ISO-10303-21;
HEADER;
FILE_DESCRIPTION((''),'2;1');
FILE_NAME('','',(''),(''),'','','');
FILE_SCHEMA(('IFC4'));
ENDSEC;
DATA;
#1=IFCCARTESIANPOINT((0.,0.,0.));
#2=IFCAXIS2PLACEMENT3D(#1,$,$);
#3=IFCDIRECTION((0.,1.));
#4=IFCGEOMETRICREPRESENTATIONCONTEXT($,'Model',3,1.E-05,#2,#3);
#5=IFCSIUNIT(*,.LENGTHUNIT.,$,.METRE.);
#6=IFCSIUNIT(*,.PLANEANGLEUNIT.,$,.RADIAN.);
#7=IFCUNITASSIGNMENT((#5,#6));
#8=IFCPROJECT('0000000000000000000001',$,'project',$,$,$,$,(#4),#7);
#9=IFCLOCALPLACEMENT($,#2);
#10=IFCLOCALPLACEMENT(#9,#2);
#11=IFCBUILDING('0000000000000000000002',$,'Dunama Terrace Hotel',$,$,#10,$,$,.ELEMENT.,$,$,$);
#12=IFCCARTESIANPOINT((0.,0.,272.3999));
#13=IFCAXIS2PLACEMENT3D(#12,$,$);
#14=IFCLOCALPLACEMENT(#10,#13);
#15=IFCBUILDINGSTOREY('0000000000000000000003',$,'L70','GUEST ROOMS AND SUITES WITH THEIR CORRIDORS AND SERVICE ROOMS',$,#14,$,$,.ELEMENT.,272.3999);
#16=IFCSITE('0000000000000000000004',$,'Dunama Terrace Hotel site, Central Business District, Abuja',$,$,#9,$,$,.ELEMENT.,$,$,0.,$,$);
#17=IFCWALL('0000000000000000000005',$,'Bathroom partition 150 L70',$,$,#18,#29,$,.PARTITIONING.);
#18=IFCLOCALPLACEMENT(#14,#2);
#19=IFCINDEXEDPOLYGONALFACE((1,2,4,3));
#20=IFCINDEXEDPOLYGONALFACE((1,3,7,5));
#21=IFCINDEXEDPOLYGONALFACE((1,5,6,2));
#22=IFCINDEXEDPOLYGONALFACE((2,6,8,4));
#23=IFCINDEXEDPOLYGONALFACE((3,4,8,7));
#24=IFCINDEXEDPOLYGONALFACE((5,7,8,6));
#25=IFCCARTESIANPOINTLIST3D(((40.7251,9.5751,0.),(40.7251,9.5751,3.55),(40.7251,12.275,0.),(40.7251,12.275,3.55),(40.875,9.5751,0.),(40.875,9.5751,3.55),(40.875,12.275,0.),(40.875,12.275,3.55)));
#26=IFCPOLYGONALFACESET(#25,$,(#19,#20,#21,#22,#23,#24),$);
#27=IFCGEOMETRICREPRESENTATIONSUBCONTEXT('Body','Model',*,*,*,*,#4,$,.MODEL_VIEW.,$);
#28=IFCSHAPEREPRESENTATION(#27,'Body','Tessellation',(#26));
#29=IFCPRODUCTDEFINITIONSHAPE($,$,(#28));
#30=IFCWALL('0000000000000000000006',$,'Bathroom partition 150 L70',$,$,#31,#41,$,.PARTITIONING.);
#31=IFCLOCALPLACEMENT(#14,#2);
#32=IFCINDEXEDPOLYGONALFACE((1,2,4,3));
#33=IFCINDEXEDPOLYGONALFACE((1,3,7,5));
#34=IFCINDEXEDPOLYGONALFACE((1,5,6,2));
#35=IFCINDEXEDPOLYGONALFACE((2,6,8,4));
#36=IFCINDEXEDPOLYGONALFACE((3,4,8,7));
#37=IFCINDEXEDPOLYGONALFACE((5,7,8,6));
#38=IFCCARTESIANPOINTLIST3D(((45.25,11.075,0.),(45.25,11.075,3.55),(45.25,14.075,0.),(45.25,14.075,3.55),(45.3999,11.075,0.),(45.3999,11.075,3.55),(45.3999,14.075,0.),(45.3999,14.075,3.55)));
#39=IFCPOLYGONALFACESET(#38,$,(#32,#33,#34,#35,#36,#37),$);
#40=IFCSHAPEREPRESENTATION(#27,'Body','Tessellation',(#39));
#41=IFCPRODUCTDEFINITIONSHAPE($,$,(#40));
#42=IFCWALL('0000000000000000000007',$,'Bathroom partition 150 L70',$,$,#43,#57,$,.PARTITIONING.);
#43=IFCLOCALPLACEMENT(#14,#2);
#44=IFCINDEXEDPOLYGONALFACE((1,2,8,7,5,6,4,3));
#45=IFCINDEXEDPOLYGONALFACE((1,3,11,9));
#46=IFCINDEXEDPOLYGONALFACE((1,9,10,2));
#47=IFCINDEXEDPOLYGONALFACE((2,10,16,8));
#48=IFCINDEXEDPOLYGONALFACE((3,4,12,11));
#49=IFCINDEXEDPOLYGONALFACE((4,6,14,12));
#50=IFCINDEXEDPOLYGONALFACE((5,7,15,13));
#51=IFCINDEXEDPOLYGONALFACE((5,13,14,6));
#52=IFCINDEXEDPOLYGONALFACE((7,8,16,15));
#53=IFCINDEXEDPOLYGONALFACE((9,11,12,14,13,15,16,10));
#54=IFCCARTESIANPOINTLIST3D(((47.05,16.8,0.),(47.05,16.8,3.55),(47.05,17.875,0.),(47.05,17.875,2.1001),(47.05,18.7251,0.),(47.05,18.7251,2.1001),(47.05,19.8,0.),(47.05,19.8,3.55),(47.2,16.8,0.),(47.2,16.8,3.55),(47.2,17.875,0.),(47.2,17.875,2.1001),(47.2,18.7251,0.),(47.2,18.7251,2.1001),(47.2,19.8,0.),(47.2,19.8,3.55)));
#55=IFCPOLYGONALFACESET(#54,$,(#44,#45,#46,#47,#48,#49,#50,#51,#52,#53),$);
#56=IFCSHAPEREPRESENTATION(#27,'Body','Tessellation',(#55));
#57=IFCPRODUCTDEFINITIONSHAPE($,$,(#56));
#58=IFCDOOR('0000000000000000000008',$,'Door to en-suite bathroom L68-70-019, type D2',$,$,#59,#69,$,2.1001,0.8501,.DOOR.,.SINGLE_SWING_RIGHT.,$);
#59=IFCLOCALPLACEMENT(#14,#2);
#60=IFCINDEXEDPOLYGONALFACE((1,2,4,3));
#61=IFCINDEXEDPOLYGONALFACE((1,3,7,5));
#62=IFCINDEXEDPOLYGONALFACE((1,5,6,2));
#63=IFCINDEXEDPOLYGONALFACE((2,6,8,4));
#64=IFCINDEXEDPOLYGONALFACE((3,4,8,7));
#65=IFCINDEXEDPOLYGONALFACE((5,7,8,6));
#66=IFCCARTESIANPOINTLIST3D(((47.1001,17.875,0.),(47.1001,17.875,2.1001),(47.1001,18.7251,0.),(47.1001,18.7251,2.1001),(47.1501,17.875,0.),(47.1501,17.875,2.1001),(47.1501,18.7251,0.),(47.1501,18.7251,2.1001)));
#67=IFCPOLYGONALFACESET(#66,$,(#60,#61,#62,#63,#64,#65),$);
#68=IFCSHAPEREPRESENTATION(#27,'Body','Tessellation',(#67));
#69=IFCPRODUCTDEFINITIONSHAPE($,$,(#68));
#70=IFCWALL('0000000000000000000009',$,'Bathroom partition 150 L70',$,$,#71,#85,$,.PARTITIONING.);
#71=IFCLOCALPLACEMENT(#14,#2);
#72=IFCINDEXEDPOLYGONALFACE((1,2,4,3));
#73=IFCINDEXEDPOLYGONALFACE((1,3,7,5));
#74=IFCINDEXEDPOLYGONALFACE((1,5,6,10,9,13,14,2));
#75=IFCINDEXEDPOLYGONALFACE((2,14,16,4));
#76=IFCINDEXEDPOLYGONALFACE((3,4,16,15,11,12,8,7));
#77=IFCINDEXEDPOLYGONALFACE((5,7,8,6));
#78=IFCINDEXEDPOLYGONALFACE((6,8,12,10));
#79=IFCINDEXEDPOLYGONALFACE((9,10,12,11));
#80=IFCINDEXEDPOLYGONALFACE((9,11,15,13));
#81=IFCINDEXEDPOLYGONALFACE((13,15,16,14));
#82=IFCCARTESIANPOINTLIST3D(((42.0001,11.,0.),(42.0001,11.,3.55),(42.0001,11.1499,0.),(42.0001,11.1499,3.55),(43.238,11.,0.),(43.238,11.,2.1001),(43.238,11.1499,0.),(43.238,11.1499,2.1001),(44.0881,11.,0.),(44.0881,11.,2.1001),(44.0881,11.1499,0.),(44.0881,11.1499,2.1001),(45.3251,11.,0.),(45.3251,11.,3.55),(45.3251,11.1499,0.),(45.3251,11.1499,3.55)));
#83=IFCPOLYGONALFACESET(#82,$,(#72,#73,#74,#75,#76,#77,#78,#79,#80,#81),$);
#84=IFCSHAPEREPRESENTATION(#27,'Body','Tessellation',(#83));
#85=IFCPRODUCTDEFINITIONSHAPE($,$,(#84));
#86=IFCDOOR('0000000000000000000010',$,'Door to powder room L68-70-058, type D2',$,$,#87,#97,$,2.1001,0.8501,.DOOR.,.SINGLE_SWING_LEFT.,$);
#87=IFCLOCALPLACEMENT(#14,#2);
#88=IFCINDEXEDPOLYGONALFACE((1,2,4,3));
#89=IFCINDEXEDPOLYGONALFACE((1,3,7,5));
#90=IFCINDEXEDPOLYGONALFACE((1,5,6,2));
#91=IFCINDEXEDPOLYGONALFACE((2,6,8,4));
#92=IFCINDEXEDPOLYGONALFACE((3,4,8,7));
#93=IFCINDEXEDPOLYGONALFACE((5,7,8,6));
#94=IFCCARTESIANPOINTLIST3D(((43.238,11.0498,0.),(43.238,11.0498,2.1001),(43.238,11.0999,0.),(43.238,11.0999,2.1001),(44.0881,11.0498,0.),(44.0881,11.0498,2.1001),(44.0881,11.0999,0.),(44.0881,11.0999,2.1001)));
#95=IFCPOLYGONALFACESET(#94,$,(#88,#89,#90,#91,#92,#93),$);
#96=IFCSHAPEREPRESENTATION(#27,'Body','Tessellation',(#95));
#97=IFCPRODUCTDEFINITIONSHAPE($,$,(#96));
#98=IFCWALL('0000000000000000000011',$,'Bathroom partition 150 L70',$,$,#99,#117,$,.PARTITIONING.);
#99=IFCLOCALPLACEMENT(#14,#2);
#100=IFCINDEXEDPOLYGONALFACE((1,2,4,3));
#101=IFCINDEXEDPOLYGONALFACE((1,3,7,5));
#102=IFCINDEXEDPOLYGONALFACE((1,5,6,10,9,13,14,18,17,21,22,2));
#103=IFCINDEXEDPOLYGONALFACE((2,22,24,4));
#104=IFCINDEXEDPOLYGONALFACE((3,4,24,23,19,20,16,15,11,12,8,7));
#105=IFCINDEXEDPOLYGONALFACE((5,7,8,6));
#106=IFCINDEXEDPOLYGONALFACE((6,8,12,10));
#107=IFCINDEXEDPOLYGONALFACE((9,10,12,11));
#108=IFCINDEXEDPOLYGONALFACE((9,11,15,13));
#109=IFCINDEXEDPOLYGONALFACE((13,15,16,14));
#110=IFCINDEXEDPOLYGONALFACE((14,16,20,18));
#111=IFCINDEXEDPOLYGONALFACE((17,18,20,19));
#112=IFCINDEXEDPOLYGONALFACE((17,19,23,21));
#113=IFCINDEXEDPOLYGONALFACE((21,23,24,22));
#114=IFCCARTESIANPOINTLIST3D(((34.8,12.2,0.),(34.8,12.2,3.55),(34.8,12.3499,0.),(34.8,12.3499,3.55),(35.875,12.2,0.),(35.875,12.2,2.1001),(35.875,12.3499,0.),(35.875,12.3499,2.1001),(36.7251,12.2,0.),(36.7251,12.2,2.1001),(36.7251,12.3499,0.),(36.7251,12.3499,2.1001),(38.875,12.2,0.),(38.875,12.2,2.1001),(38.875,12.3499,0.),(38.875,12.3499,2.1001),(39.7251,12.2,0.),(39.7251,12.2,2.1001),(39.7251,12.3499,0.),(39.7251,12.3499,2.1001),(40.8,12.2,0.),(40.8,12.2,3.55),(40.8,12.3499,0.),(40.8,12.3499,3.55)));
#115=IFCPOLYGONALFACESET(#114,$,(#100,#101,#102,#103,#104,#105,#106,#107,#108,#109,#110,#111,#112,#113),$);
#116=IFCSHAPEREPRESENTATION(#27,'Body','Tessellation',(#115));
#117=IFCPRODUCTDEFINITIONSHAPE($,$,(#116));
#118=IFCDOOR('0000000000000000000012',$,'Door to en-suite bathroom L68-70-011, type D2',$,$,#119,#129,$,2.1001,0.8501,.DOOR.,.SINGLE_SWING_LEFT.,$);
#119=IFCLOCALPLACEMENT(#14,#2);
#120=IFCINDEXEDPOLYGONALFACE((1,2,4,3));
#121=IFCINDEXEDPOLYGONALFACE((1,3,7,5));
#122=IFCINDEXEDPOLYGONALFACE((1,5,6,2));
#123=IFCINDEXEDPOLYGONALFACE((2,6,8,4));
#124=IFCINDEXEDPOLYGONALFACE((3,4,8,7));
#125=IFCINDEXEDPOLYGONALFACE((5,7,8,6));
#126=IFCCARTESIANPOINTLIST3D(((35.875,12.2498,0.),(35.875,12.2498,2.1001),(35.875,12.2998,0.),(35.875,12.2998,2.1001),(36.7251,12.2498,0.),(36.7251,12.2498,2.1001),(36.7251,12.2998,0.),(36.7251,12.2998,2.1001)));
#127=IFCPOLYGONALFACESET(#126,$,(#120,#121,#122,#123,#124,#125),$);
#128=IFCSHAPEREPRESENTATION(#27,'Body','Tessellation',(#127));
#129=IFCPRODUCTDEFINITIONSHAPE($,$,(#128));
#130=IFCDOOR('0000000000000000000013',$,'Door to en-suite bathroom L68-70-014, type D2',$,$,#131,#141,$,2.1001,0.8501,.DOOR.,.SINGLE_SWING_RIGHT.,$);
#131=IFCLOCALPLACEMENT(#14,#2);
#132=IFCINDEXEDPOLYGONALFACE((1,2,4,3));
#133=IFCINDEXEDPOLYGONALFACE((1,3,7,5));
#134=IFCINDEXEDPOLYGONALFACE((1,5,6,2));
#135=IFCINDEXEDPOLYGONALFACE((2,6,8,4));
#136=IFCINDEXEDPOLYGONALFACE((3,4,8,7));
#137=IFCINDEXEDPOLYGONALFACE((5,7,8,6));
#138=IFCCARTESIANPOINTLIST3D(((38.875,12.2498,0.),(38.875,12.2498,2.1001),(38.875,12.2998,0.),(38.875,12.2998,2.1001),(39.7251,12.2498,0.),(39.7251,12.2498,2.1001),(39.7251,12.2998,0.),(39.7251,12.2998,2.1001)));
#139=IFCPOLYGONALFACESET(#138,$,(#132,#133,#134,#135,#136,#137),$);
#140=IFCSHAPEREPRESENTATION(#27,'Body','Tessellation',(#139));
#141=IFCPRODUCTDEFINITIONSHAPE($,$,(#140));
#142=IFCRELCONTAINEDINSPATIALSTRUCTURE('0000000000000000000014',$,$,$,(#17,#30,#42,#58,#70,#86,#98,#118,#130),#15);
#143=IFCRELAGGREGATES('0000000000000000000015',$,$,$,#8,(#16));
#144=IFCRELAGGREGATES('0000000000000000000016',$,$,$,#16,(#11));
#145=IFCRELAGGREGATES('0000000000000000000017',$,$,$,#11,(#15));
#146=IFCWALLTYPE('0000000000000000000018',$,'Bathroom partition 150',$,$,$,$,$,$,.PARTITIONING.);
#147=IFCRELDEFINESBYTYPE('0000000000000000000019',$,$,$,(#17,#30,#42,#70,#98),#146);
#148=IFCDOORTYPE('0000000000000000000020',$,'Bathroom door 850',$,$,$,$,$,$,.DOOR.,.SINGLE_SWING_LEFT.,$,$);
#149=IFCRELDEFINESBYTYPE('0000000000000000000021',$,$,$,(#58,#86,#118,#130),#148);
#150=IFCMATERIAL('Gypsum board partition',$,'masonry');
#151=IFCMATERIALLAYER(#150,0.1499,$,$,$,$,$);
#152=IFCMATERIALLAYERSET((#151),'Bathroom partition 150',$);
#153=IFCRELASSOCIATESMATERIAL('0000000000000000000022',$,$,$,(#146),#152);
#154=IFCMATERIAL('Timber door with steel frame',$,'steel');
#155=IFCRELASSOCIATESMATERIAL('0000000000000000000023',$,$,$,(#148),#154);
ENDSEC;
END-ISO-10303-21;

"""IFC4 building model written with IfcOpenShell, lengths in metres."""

from ifc_helpers import new_model, si_unit, direction, frame, frame_2d, origin, place, context, subcontext, project, spatial, rectangle, extrude, material, layer, layer_set, type_object, element, fill, save


model = new_model("IFC4")

# Units and contexts
model_context = context("Model", 3, precision=1e-05, world=origin(), true_north=direction((0.0, 1.0)))
body_context = subcontext(model_context, "Body", "Model", "MODEL_VIEW")
ifc_project = project(units=[si_unit("LENGTHUNIT", "METRE"), si_unit("PLANEANGLEUNIT", "RADIAN")], contexts=[model_context])

# Site, building, storey
site_placement = place(None, origin())
site = spatial("IfcSite", under=ifc_project, at=site_placement, Name="Dunama Terrace Hotel site, Central Business District, Abuja", CompositionType="ELEMENT", RefElevation=0.0)
building_placement = place(site_placement, origin())
building = spatial("IfcBuilding", under=site, at=building_placement, Name="Dunama Terrace Hotel", CompositionType="ELEMENT")
storey_placement = place(building_placement, frame((0.0, 0.0, 272.3999)))
storey = spatial("IfcBuildingStorey", under=building, at=storey_placement, Name="L70", Description="GUEST ROOMS AND SUITES WITH THEIR CORRIDORS AND SERVICE ROOMS", CompositionType="ELEMENT", Elevation=272.3999)

# Walls
ifc_material_1 = material(Name="Gypsum board partition", Category="masonry")
ifc_layer_1 = layer(ifc_material_1, 0.1499)
ifc_layer_set_1 = layer_set([ifc_layer_1], Name="Bathroom partition 150")
wall_type_1 = type_object("IfcWallType", Name="Bathroom partition 150", PredefinedType="PARTITIONING", material=ifc_layer_set_1)
wall_1_placement = place(storey_placement, frame((40.8, 9.575, 0.0), z_axis=(0.0, 0.0, 1.0), x_axis=(0.0, 1.0, 0.0)))
element("IfcWall", 1, at=wall_1_placement, inside=storey, type_object=wall_type_1, Name="Bathroom partition 150 L70", PredefinedType="PARTITIONING", context=body_context, shape_type="SweptSolid", body=[
    extrude(rectangle(XDim=2.7, YDim=0.1499, at=frame_2d((1.3501, 0.0))), origin(), (0.0, 0.0, 1.0), 3.55),
])
wall_2_placement = place(storey_placement, frame((45.325, 11.075, 0.0), z_axis=(0.0, 0.0, 1.0), x_axis=(0.0, 1.0, 0.0)))
element("IfcWall", 2, at=wall_2_placement, inside=storey, type_object=wall_type_1, Name="Bathroom partition 150 L70", PredefinedType="PARTITIONING", context=body_context, shape_type="SweptSolid", body=[
    extrude(rectangle(XDim=3.0, YDim=0.1499, at=frame_2d((1.5, 0.0))), origin(), (0.0, 0.0, 1.0), 3.55),
])

# Walls, openings, doors
wall_3_placement = place(storey_placement, frame((47.125, 16.8, 0.0), z_axis=(0.0, 0.0, 1.0), x_axis=(0.0, 1.0, 0.0)))
wall_3 = element("IfcWall", 3, at=wall_3_placement, inside=storey, type_object=wall_type_1, Name="Bathroom partition 150 L70", PredefinedType="PARTITIONING", context=body_context, shape_type="SweptSolid", body=[
    extrude(rectangle(XDim=3.0, YDim=0.1499, at=frame_2d((1.5, 0.0))), origin(), (0.0, 0.0, 1.0), 3.55),
])
opening_1_placement = place(wall_3_placement, frame((1.075, 0.0, 0.0)))
opening_1 = element("IfcOpeningElement", 4, at=opening_1_placement, cuts=wall_3, PredefinedType="OPENING", context=body_context, shape_type="SweptSolid", body=[
    extrude(rectangle(XDim=0.8501, YDim=2.1001, at=frame_2d((0.425, 1.05))), frame((0.0, 0.085, 0.0), z_axis=(0.0, -1.0, 0.0), x_axis=(1.0, 0.0, 0.0)), (0.0, 0.0, 1.0), 0.1699),
])
ifc_material_2 = material(Name="Timber door with steel frame", Category="steel")
door_type_1 = type_object("IfcDoorType", Name="Bathroom door 850", OperationType="SINGLE_SWING_LEFT", PredefinedType="DOOR", material=ifc_material_2)
door_1_placement = place(opening_1_placement, frame((0.8501, 0.0, 0.0), z_axis=(0.0, 0.0, 1.0), x_axis=(-1.0, 0.0, 0.0)))
door_1 = element("IfcDoor", 5, at=door_1_placement, inside=storey, type_object=door_type_1, Name="Door to en-suite bathroom L68-70-019, type D2", OperationType="SINGLE_SWING_RIGHT", OverallHeight=2.1001, OverallWidth=0.8501, PredefinedType="DOOR", context=body_context, shape_type="SweptSolid", body=[
    extrude(rectangle(XDim=0.8501, YDim=2.1001, at=frame_2d((0.425, 1.05))), frame((0.0, 0.0251, 0.0), z_axis=(0.0, -1.0, 0.0), x_axis=(1.0, 0.0, 0.0)), (0.0, 0.0, 1.0), 0.05),
])
fill(opening_1, door_1)
wall_4_placement = place(storey_placement, frame((42.0, 11.075, 0.0), z_axis=(0.0, 0.0, 1.0), x_axis=(1.0, 0.0, 0.0)))
wall_4 = element("IfcWall", 6, at=wall_4_placement, inside=storey, type_object=wall_type_1, Name="Bathroom partition 150 L70", PredefinedType="PARTITIONING", context=body_context, shape_type="SweptSolid", body=[
    extrude(rectangle(XDim=3.325, YDim=0.1499, at=frame_2d((1.6626, 0.0))), origin(), (0.0, 0.0, 1.0), 3.55),
])
opening_2_placement = place(wall_4_placement, frame((1.238, 0.0, 0.0)))
opening_2 = element("IfcOpeningElement", 7, at=opening_2_placement, cuts=wall_4, PredefinedType="OPENING", context=body_context, shape_type="SweptSolid", body=[
    extrude(rectangle(XDim=0.8501, YDim=2.1001, at=frame_2d((0.425, 1.05))), frame((0.0, 0.085, 0.0), z_axis=(0.0, -1.0, 0.0), x_axis=(1.0, 0.0, 0.0)), (0.0, 0.0, 1.0), 0.1699),
])
door_2_placement = place(opening_2_placement, origin())
door_2 = element("IfcDoor", 8, at=door_2_placement, inside=storey, type_object=door_type_1, Name="Door to powder room L68-70-058, type D2", OperationType="SINGLE_SWING_LEFT", OverallHeight=2.1001, OverallWidth=0.8501, PredefinedType="DOOR", context=body_context, shape_type="SweptSolid", body=[
    extrude(rectangle(XDim=0.8501, YDim=2.1001, at=frame_2d((0.425, 1.05))), frame((0.0, 0.0249, 0.0), z_axis=(0.0, -1.0, 0.0), x_axis=(1.0, 0.0, 0.0)), (0.0, 0.0, 1.0), 0.05),
])
fill(opening_2, door_2)

# Wall, openings, doors
wall_5_placement = place(storey_placement, frame((34.8, 12.2749, 0.0), z_axis=(0.0, 0.0, 1.0), x_axis=(1.0, 0.0, 0.0)))
wall_5 = element("IfcWall", 9, at=wall_5_placement, inside=storey, type_object=wall_type_1, Name="Bathroom partition 150 L70", PredefinedType="PARTITIONING", context=body_context, shape_type="SweptSolid", body=[
    extrude(rectangle(XDim=6.0, YDim=0.1499, at=frame_2d((3.0, 0.0))), origin(), (0.0, 0.0, 1.0), 3.55),
])
opening_3_placement = place(wall_5_placement, frame((1.075, 0.0, 0.0)))
opening_3 = element("IfcOpeningElement", 10, at=opening_3_placement, cuts=wall_5, PredefinedType="OPENING", context=body_context, shape_type="SweptSolid", body=[
    extrude(rectangle(XDim=0.8501, YDim=2.1001, at=frame_2d((0.425, 1.05))), frame((0.0, 0.085, 0.0), z_axis=(0.0, -1.0, 0.0), x_axis=(1.0, 0.0, 0.0)), (0.0, 0.0, 1.0), 0.1699),
])
opening_4_placement = place(wall_5_placement, frame((4.075, 0.0, 0.0)))
opening_4 = element("IfcOpeningElement", 11, at=opening_4_placement, cuts=wall_5, PredefinedType="OPENING", context=body_context, shape_type="SweptSolid", body=[
    extrude(rectangle(XDim=0.8501, YDim=2.1001, at=frame_2d((0.425, 1.05))), frame((0.0, 0.085, 0.0), z_axis=(0.0, -1.0, 0.0), x_axis=(1.0, 0.0, 0.0)), (0.0, 0.0, 1.0), 0.1699),
])
door_3_placement = place(opening_3_placement, frame((0.8501, 0.0, 0.0), z_axis=(0.0, 0.0, 1.0), x_axis=(-1.0, 0.0, 0.0)))
door_3 = element("IfcDoor", 12, at=door_3_placement, inside=storey, type_object=door_type_1, Name="Door to en-suite bathroom L68-70-011, type D2", OperationType="SINGLE_SWING_LEFT", OverallHeight=2.1001, OverallWidth=0.8501, PredefinedType="DOOR", context=body_context, shape_type="SweptSolid", body=[
    extrude(rectangle(XDim=0.8501, YDim=2.1001, at=frame_2d((0.425, 1.05))), frame((0.0, 0.0251, 0.0), z_axis=(0.0, -1.0, 0.0), x_axis=(1.0, 0.0, 0.0)), (0.0, 0.0, 1.0), 0.05),
])
fill(opening_3, door_3)
door_4_placement = place(opening_4_placement, frame((0.8501, 0.0, 0.0), z_axis=(0.0, 0.0, 1.0), x_axis=(-1.0, 0.0, 0.0)))
door_4 = element("IfcDoor", 13, at=door_4_placement, inside=storey, type_object=door_type_1, Name="Door to en-suite bathroom L68-70-014, type D2", OperationType="SINGLE_SWING_RIGHT", OverallHeight=2.1001, OverallWidth=0.8501, PredefinedType="DOOR", context=body_context, shape_type="SweptSolid", body=[
    extrude(rectangle(XDim=0.8501, YDim=2.1001, at=frame_2d((0.425, 1.05))), frame((0.0, 0.0251, 0.0), z_axis=(0.0, -1.0, 0.0), x_axis=(1.0, 0.0, 0.0)), (0.0, 0.0, 1.0), 0.05),
])
fill(opening_4, door_4)

save(model, "model.ifc")
